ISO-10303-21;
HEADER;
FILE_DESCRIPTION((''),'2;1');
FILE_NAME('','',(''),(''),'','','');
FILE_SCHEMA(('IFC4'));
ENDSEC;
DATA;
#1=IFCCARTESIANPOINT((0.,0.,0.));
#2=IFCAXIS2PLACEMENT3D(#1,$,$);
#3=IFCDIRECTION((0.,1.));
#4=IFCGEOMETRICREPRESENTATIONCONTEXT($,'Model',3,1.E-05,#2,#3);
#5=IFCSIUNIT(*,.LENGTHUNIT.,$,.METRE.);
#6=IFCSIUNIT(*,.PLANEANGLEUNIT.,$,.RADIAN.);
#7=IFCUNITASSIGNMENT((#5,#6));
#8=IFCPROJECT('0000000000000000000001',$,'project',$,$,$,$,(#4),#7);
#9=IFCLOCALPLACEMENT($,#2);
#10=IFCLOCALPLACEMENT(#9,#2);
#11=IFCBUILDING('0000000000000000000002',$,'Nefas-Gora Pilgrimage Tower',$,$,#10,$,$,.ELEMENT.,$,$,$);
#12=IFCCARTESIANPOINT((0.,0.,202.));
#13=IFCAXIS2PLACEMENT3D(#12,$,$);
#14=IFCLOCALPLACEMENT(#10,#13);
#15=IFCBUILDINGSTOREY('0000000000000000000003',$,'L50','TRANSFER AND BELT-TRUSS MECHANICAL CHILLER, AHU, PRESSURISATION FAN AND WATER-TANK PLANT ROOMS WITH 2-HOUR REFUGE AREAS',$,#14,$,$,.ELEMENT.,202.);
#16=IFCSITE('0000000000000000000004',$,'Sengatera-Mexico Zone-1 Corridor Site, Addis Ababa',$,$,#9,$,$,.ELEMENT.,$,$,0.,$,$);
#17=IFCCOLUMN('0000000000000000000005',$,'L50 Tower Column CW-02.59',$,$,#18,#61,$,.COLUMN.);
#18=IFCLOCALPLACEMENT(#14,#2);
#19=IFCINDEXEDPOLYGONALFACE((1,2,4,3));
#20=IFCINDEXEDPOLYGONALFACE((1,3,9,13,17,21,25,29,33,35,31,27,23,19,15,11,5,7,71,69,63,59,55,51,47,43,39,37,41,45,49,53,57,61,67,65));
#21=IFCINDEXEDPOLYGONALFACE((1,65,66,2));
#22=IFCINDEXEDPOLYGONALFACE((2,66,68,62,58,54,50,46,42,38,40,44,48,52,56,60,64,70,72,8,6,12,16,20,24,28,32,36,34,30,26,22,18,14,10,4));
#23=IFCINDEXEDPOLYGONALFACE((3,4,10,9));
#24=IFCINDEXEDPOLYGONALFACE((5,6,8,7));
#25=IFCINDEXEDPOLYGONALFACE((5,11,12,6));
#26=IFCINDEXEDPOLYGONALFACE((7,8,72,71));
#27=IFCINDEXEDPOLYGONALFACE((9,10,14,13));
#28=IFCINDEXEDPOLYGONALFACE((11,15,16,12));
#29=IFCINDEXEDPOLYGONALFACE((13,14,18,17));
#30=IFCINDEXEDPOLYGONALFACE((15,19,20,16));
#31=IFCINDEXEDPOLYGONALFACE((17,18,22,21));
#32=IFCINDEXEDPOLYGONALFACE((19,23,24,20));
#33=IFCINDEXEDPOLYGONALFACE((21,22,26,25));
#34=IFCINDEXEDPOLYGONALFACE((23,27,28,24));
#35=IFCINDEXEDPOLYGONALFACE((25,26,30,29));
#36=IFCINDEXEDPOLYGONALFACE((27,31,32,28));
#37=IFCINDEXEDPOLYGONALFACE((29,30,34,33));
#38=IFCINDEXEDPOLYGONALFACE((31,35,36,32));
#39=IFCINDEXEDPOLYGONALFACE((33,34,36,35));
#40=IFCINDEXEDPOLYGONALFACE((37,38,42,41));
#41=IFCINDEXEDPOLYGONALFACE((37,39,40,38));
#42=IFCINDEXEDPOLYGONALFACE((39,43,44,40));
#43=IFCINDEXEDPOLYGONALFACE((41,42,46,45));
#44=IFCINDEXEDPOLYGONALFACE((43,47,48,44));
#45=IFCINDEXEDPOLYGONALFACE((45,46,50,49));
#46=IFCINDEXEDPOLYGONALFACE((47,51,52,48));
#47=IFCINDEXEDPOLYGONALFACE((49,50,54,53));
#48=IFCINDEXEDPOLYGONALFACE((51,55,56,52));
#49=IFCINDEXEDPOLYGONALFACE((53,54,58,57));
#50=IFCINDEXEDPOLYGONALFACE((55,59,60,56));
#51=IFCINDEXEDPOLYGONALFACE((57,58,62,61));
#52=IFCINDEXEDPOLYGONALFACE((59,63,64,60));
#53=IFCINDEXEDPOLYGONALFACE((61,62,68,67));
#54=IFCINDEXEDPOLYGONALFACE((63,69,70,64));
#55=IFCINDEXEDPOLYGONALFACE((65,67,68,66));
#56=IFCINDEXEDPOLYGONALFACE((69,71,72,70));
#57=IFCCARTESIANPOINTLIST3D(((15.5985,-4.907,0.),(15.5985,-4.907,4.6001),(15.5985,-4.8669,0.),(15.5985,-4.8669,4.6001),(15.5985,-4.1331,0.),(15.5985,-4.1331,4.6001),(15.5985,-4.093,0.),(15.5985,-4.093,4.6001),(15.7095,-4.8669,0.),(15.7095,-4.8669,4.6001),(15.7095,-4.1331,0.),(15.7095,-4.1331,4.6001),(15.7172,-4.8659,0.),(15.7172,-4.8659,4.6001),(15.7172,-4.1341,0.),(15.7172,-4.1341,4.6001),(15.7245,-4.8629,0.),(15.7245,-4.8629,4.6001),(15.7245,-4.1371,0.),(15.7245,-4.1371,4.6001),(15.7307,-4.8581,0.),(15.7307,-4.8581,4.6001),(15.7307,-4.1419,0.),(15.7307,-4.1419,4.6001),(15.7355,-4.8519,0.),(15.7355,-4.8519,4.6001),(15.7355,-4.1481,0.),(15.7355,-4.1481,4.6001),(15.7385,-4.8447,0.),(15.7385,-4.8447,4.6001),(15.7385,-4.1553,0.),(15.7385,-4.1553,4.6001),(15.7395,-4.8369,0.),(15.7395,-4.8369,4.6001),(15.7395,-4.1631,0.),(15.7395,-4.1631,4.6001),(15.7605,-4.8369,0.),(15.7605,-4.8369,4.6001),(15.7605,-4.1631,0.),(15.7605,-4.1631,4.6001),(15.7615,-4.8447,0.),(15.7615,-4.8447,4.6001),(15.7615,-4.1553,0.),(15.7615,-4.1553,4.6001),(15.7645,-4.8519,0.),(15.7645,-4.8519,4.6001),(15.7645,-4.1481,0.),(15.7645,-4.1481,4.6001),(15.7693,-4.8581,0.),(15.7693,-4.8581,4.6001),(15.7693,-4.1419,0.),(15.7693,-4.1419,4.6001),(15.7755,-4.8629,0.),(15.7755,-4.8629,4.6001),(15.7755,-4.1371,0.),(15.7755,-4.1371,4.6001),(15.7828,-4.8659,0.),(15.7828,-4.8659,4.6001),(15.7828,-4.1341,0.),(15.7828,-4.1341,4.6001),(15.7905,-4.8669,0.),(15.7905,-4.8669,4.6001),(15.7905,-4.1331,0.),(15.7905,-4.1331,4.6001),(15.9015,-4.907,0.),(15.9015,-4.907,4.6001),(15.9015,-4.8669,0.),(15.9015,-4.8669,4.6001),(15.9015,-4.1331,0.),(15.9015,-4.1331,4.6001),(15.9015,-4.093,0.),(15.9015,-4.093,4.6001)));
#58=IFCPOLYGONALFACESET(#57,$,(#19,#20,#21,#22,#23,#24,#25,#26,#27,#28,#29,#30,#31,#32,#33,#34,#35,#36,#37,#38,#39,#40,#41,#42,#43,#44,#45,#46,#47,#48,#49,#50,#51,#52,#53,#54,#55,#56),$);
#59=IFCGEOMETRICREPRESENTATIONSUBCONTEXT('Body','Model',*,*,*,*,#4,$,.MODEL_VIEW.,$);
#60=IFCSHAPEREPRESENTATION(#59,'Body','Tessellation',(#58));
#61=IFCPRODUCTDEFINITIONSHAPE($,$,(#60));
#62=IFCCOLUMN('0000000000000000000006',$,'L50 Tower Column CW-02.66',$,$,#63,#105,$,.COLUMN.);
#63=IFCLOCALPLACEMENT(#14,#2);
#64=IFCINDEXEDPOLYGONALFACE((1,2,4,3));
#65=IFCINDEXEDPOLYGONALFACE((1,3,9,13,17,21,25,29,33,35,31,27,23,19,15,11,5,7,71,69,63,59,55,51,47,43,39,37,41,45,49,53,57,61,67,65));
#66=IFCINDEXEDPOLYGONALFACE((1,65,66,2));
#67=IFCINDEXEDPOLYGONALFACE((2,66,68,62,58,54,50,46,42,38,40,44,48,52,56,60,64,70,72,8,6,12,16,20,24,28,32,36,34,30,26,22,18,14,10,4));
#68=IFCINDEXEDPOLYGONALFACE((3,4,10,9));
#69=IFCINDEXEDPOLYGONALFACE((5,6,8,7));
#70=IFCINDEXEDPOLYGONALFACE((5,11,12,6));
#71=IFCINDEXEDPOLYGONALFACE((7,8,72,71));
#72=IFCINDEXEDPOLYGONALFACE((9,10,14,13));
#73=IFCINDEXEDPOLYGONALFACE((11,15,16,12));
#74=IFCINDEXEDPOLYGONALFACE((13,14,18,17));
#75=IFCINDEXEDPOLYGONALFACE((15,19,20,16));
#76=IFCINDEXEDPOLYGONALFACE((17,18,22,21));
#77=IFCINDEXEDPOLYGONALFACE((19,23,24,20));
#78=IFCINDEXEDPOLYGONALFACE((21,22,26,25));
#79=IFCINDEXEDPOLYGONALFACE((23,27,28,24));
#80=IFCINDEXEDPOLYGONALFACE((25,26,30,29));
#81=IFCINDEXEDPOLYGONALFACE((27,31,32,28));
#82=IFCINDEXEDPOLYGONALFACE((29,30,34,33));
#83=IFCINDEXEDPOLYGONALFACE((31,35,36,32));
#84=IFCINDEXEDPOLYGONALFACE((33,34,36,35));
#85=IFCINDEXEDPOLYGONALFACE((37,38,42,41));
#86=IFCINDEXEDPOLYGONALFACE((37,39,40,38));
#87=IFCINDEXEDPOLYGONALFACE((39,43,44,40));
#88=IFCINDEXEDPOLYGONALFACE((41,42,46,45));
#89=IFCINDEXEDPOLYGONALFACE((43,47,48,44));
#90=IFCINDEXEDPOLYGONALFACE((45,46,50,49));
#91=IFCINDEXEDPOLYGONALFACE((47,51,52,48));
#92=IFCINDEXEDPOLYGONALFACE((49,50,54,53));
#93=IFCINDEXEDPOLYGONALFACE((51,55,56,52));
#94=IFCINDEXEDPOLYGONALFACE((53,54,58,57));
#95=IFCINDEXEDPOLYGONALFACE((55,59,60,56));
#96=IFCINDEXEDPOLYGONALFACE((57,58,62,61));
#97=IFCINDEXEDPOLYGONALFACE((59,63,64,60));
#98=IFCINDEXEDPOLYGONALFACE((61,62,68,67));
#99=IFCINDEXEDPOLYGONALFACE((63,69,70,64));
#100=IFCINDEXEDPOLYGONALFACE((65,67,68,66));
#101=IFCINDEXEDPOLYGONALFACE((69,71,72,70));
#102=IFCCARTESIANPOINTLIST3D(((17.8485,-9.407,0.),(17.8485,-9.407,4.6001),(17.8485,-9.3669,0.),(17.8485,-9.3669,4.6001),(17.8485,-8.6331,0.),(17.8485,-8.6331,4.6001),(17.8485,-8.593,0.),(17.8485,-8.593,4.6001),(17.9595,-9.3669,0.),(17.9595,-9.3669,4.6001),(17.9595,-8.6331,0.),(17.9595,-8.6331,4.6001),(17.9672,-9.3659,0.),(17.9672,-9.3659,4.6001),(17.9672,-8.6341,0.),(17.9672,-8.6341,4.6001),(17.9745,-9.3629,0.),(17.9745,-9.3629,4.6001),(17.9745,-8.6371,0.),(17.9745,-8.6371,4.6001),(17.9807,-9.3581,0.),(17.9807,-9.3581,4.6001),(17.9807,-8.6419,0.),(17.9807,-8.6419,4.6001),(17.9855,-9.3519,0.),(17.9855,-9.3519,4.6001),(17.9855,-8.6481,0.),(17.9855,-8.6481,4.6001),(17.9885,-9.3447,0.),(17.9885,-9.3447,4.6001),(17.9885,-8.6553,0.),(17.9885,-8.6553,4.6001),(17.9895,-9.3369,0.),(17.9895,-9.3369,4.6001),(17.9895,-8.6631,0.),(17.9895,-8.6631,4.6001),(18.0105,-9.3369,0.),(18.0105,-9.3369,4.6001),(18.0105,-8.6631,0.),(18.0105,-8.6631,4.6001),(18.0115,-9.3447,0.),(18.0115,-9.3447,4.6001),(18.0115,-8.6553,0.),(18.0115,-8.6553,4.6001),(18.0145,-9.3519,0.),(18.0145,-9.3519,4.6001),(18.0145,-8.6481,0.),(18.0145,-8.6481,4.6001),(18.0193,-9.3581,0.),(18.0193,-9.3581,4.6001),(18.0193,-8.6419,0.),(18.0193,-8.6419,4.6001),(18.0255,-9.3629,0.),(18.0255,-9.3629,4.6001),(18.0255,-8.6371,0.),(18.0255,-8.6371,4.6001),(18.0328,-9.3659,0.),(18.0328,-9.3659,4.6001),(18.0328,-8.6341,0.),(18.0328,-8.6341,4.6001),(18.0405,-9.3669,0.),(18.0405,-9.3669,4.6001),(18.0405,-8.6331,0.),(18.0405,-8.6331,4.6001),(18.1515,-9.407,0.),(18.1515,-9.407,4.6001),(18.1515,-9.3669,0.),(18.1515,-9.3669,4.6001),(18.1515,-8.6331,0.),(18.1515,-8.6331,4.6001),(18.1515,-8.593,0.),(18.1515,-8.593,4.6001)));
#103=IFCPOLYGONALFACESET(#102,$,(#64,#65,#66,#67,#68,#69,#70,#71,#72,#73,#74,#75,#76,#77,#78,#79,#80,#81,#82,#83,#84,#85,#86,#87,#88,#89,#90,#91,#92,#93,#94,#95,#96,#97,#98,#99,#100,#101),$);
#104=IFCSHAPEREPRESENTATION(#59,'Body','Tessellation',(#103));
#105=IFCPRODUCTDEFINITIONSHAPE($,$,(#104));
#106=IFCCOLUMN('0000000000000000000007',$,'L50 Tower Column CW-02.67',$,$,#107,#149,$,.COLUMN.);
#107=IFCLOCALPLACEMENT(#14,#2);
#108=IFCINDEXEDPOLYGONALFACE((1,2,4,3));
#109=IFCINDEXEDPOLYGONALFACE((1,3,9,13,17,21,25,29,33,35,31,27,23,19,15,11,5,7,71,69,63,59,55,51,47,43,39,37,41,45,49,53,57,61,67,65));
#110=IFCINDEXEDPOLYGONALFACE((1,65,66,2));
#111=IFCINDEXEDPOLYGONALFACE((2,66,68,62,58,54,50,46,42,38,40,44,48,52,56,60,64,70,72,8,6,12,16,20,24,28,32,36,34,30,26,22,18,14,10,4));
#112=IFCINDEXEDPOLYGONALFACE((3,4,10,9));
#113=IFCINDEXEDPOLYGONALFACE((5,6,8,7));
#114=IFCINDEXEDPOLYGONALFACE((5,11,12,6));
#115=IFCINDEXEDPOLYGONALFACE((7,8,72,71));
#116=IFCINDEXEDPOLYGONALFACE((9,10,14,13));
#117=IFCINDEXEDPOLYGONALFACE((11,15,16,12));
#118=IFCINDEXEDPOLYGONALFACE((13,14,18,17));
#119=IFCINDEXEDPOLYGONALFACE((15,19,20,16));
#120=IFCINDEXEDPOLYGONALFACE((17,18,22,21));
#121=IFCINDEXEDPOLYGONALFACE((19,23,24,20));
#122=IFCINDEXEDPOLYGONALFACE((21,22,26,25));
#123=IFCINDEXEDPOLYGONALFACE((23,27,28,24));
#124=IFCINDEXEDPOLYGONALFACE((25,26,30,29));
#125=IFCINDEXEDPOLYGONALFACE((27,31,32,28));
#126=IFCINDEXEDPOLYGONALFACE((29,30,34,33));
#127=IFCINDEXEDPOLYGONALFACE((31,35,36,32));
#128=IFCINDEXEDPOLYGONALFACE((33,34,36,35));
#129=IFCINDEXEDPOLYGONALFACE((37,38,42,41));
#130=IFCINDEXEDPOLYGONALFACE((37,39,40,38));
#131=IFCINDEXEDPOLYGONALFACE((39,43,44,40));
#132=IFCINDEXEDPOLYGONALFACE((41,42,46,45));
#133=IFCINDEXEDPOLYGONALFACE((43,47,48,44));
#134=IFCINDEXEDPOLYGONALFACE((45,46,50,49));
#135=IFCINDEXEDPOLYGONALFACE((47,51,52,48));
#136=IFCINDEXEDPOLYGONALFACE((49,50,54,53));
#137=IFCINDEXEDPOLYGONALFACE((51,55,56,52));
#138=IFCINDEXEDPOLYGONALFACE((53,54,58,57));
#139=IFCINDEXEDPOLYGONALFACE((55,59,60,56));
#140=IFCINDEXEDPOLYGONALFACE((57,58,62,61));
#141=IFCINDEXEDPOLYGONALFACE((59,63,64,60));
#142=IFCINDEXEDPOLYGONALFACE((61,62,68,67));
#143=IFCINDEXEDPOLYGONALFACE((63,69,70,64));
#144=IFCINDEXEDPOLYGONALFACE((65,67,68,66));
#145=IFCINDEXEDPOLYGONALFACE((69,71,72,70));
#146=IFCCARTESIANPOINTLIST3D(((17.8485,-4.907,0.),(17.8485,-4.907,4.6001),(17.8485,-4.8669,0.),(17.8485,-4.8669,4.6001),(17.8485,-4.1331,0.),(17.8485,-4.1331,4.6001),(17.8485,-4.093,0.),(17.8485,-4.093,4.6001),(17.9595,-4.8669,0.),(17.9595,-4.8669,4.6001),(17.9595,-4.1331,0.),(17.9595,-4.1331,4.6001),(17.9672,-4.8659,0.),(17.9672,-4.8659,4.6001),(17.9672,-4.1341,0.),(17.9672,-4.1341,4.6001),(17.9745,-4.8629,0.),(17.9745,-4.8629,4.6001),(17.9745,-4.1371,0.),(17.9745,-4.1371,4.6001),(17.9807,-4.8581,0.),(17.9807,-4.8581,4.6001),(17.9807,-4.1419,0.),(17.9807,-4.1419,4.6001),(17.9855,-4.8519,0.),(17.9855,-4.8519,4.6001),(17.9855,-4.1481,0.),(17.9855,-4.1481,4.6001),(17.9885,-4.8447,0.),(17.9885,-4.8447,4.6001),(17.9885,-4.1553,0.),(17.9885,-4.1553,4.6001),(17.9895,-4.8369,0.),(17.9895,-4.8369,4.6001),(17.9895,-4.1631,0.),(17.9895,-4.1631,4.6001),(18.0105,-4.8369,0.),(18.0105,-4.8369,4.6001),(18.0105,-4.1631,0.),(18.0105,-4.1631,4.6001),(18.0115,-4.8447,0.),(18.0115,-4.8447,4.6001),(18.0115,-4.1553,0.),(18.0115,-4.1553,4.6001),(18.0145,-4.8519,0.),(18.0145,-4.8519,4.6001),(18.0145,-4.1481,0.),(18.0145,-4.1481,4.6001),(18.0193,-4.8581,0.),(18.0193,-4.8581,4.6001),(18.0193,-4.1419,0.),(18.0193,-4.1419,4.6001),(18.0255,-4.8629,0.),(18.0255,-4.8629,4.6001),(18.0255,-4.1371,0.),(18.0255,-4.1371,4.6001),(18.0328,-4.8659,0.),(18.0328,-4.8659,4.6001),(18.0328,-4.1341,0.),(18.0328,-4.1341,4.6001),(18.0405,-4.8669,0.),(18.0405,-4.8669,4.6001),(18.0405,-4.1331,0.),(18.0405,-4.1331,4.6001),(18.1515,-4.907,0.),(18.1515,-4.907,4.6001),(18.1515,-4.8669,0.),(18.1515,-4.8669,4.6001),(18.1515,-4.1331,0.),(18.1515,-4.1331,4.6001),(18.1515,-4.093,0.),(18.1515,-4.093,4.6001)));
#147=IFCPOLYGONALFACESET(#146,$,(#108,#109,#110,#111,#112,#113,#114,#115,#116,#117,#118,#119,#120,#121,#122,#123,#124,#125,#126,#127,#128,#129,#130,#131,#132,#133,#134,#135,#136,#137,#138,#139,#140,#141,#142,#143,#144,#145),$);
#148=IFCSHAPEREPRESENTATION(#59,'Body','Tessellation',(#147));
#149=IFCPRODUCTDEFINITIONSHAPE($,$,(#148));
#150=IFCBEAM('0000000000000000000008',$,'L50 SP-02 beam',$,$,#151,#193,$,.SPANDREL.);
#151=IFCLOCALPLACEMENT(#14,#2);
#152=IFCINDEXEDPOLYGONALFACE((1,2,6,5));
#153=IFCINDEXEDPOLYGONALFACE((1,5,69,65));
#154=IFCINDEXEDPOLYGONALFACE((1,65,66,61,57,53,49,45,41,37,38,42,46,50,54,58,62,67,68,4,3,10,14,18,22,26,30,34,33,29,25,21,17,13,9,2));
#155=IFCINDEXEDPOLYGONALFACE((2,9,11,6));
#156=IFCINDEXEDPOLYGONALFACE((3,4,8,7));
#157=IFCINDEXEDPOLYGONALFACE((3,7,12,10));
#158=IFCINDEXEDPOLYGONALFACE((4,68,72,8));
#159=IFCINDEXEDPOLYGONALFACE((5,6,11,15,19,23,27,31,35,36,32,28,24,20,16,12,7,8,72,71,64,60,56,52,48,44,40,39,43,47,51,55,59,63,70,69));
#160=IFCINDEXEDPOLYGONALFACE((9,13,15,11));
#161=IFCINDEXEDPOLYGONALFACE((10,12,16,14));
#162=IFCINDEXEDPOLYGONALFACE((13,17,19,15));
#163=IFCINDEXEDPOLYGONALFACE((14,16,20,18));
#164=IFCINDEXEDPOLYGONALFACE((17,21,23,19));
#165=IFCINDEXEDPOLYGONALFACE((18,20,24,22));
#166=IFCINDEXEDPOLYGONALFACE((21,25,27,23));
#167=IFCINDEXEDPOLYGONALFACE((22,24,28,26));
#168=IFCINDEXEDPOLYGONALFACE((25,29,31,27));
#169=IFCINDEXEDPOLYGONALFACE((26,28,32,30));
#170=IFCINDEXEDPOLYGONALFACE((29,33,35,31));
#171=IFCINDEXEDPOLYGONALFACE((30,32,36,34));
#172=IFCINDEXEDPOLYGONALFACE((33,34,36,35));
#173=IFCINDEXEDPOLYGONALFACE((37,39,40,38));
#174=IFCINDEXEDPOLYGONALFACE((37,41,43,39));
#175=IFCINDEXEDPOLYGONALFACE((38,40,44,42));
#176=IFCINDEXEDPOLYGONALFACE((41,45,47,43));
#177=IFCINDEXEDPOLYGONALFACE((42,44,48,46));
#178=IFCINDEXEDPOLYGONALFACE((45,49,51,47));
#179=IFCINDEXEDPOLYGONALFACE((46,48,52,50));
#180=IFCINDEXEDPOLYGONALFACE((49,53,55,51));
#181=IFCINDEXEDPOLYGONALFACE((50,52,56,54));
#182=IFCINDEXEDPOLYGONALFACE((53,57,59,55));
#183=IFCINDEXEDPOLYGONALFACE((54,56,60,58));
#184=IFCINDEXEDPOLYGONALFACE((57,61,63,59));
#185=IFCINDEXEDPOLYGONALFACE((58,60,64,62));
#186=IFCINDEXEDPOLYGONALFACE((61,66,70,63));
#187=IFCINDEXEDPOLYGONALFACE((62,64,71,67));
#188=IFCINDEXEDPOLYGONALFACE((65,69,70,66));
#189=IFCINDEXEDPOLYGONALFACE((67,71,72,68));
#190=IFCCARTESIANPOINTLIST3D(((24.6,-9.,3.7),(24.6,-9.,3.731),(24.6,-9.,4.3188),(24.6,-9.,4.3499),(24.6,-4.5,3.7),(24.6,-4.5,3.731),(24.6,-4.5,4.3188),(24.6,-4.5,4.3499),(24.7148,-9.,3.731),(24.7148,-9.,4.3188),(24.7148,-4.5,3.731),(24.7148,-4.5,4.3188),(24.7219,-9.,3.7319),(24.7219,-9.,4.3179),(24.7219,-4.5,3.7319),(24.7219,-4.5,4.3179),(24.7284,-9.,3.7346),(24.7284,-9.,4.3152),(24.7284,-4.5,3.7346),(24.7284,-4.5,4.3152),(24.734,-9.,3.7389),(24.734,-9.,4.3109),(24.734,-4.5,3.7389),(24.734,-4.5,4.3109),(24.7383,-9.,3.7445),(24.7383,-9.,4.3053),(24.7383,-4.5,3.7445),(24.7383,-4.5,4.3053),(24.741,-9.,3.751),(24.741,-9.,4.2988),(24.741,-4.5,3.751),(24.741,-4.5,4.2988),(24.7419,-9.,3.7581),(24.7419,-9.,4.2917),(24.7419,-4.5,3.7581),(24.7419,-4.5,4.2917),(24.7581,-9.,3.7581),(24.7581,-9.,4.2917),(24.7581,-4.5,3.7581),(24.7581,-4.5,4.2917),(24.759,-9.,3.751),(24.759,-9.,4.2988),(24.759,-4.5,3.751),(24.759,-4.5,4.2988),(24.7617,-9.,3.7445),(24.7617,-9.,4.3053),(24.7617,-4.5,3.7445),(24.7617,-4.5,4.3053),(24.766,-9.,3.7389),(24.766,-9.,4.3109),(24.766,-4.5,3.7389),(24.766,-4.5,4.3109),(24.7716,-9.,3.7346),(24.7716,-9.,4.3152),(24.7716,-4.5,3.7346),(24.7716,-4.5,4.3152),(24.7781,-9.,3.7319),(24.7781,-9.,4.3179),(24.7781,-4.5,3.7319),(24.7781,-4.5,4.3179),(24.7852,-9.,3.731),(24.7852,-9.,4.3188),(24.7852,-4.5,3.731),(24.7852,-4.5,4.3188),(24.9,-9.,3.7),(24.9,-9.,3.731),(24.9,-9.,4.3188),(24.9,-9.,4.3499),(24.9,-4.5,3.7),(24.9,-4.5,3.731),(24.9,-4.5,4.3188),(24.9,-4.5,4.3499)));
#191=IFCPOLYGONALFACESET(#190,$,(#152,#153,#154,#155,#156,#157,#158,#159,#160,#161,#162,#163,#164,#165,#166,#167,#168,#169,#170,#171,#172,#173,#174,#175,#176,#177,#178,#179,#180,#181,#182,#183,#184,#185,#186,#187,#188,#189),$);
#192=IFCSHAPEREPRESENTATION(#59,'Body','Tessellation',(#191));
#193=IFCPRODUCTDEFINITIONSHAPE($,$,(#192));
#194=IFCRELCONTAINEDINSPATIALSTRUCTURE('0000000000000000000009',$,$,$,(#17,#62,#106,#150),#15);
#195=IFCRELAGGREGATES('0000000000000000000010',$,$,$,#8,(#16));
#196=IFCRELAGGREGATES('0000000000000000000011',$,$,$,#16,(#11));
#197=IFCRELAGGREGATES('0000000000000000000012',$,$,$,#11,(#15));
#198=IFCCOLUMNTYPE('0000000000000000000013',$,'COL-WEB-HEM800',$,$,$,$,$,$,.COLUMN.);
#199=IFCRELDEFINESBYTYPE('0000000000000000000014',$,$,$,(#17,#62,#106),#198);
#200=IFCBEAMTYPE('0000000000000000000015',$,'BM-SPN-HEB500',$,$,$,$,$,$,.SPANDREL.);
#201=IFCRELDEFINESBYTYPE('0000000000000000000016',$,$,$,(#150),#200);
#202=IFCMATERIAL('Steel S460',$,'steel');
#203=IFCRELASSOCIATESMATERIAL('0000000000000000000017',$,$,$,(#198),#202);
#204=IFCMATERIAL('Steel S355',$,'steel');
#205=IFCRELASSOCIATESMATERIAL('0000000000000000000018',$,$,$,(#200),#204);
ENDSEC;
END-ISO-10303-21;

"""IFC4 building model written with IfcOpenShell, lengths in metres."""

from ifc_helpers import new_model, si_unit, direction, frame, origin, origin_2d, place, context, subcontext, project, spatial, i_section, extrude, source, transform, mapped, material, material_profile, profile_set, type_object, element, save


model = new_model("IFC4")

# Units and contexts
model_context = context("Model", 3, precision=1e-05, world=origin(), true_north=direction((0.0, 1.0)))
body_context = subcontext(model_context, "Body", "Model", "MODEL_VIEW")
ifc_project = project(units=[si_unit("LENGTHUNIT", "METRE"), si_unit("PLANEANGLEUNIT", "RADIAN")], contexts=[model_context])

# Site, building, storey
site_placement = place(None, origin())
site = spatial("IfcSite", under=ifc_project, at=site_placement, Name="Sengatera-Mexico Zone-1 Corridor Site, Addis Ababa", CompositionType="ELEMENT", RefElevation=0.0)
building_placement = place(site_placement, origin())
building = spatial("IfcBuilding", under=site, at=building_placement, Name="Nefas-Gora Pilgrimage Tower", CompositionType="ELEMENT")
storey_placement = place(building_placement, frame((0.0, 0.0, 202.0)))
storey = spatial("IfcBuildingStorey", under=building, at=storey_placement, Name="L50", Description="TRANSFER AND BELT-TRUSS MECHANICAL CHILLER, AHU, PRESSURISATION FAN AND WATER-TANK PLANT ROOMS WITH 2-HOUR REFUGE AREAS", CompositionType="ELEMENT", Elevation=202.0)

# Columns
ifc_material_1 = material(Name="Steel S460", Category="steel")
ifc_material_profile_1 = material_profile(ifc_material_1, i_section(OverallWidth=0.303, OverallDepth=0.814, WebThickness=0.021, FlangeThickness=0.04, FilletRadius=0.03, at=origin_2d()), Name="HEM 800")
ifc_profile_set_1 = profile_set([ifc_material_profile_1], Name="Steel S460")
column_type_1 = type_object("IfcColumnType", Name="COL-WEB-HEM800", PredefinedType="COLUMN", material=ifc_profile_set_1)
shared_shape_1 = source(origin(), body_context, "Body", "SweptSolid", [
    extrude(i_section(OverallWidth=0.303, OverallDepth=0.814, WebThickness=0.021, FlangeThickness=0.04, FilletRadius=0.03, at=origin_2d()), origin(), (0.0, 0.0, 1.0), 4.6001),
])
for number, where, z_axis, x_axis, name in (
    (1, (15.75, -4.5, 0.0), (0.0, 0.0, 1.0), (1.0, 0.0, 0.0), "L50 Tower Column CW-02.59"),
    (2, (18.0, -9.0, 0.0), (0.0, 0.0, 1.0), (1.0, 0.0, 0.0), "L50 Tower Column CW-02.66"),
    (3, (18.0, -4.5, 0.0), (0.0, 0.0, 1.0), (1.0, 0.0, 0.0), "L50 Tower Column CW-02.67"),
):
    element("IfcColumn", number, at=place(storey_placement, frame(where, z_axis=z_axis, x_axis=x_axis)), inside=storey, type_object=column_type_1, Name=name, PredefinedType="COLUMN", context=body_context, shape_type="MappedRepresentation", body=[
        mapped(shared_shape_1, transform((0.0, 0.0, 0.0), x_axis=(1.0, 0.0, 0.0), y_axis=(0.0, 1.0, 0.0), z_axis=(0.0, 0.0, 1.0), scale=1.0)),
    ])

# Beam
ifc_material_2 = material(Name="Steel S355", Category="steel")
ifc_material_profile_2 = material_profile(ifc_material_2, i_section(OverallWidth=0.3, OverallDepth=0.6499, WebThickness=0.0161, FlangeThickness=0.031, FilletRadius=0.0271, at=origin_2d()), Name="HEB 650")
ifc_profile_set_2 = profile_set([ifc_material_profile_2], Name="Steel S355")
beam_type_1 = type_object("IfcBeamType", Name="BM-SPN-HEB500", PredefinedType="SPANDREL", material=ifc_profile_set_2)
shared_shape_2 = source(origin(), body_context, "Body", "SweptSolid", [
    extrude(i_section(OverallWidth=0.3, OverallDepth=0.6499, WebThickness=0.0161, FlangeThickness=0.031, FilletRadius=0.0271, at=origin_2d()), origin(), (0.0, 0.0, 1.0), 4.5),
])
for number, where, z_axis, x_axis, name in (
    (4, (24.75, -9.0, 4.0249), (0.0, 1.0, 0.0), (-1.0, 0.0, 0.0), "L50 SP-02 beam"),
):
    element("IfcBeam", number, at=place(storey_placement, frame(where, z_axis=z_axis, x_axis=x_axis)), inside=storey, type_object=beam_type_1, Name=name, PredefinedType="SPANDREL", context=body_context, shape_type="MappedRepresentation", body=[
        mapped(shared_shape_2, transform((0.0, 0.0, 0.0), x_axis=(1.0, 0.0, 0.0), y_axis=(0.0, 1.0, 0.0), z_axis=(0.0, 0.0, 1.0), scale=1.0)),
    ])

save(model, "model.ifc")
